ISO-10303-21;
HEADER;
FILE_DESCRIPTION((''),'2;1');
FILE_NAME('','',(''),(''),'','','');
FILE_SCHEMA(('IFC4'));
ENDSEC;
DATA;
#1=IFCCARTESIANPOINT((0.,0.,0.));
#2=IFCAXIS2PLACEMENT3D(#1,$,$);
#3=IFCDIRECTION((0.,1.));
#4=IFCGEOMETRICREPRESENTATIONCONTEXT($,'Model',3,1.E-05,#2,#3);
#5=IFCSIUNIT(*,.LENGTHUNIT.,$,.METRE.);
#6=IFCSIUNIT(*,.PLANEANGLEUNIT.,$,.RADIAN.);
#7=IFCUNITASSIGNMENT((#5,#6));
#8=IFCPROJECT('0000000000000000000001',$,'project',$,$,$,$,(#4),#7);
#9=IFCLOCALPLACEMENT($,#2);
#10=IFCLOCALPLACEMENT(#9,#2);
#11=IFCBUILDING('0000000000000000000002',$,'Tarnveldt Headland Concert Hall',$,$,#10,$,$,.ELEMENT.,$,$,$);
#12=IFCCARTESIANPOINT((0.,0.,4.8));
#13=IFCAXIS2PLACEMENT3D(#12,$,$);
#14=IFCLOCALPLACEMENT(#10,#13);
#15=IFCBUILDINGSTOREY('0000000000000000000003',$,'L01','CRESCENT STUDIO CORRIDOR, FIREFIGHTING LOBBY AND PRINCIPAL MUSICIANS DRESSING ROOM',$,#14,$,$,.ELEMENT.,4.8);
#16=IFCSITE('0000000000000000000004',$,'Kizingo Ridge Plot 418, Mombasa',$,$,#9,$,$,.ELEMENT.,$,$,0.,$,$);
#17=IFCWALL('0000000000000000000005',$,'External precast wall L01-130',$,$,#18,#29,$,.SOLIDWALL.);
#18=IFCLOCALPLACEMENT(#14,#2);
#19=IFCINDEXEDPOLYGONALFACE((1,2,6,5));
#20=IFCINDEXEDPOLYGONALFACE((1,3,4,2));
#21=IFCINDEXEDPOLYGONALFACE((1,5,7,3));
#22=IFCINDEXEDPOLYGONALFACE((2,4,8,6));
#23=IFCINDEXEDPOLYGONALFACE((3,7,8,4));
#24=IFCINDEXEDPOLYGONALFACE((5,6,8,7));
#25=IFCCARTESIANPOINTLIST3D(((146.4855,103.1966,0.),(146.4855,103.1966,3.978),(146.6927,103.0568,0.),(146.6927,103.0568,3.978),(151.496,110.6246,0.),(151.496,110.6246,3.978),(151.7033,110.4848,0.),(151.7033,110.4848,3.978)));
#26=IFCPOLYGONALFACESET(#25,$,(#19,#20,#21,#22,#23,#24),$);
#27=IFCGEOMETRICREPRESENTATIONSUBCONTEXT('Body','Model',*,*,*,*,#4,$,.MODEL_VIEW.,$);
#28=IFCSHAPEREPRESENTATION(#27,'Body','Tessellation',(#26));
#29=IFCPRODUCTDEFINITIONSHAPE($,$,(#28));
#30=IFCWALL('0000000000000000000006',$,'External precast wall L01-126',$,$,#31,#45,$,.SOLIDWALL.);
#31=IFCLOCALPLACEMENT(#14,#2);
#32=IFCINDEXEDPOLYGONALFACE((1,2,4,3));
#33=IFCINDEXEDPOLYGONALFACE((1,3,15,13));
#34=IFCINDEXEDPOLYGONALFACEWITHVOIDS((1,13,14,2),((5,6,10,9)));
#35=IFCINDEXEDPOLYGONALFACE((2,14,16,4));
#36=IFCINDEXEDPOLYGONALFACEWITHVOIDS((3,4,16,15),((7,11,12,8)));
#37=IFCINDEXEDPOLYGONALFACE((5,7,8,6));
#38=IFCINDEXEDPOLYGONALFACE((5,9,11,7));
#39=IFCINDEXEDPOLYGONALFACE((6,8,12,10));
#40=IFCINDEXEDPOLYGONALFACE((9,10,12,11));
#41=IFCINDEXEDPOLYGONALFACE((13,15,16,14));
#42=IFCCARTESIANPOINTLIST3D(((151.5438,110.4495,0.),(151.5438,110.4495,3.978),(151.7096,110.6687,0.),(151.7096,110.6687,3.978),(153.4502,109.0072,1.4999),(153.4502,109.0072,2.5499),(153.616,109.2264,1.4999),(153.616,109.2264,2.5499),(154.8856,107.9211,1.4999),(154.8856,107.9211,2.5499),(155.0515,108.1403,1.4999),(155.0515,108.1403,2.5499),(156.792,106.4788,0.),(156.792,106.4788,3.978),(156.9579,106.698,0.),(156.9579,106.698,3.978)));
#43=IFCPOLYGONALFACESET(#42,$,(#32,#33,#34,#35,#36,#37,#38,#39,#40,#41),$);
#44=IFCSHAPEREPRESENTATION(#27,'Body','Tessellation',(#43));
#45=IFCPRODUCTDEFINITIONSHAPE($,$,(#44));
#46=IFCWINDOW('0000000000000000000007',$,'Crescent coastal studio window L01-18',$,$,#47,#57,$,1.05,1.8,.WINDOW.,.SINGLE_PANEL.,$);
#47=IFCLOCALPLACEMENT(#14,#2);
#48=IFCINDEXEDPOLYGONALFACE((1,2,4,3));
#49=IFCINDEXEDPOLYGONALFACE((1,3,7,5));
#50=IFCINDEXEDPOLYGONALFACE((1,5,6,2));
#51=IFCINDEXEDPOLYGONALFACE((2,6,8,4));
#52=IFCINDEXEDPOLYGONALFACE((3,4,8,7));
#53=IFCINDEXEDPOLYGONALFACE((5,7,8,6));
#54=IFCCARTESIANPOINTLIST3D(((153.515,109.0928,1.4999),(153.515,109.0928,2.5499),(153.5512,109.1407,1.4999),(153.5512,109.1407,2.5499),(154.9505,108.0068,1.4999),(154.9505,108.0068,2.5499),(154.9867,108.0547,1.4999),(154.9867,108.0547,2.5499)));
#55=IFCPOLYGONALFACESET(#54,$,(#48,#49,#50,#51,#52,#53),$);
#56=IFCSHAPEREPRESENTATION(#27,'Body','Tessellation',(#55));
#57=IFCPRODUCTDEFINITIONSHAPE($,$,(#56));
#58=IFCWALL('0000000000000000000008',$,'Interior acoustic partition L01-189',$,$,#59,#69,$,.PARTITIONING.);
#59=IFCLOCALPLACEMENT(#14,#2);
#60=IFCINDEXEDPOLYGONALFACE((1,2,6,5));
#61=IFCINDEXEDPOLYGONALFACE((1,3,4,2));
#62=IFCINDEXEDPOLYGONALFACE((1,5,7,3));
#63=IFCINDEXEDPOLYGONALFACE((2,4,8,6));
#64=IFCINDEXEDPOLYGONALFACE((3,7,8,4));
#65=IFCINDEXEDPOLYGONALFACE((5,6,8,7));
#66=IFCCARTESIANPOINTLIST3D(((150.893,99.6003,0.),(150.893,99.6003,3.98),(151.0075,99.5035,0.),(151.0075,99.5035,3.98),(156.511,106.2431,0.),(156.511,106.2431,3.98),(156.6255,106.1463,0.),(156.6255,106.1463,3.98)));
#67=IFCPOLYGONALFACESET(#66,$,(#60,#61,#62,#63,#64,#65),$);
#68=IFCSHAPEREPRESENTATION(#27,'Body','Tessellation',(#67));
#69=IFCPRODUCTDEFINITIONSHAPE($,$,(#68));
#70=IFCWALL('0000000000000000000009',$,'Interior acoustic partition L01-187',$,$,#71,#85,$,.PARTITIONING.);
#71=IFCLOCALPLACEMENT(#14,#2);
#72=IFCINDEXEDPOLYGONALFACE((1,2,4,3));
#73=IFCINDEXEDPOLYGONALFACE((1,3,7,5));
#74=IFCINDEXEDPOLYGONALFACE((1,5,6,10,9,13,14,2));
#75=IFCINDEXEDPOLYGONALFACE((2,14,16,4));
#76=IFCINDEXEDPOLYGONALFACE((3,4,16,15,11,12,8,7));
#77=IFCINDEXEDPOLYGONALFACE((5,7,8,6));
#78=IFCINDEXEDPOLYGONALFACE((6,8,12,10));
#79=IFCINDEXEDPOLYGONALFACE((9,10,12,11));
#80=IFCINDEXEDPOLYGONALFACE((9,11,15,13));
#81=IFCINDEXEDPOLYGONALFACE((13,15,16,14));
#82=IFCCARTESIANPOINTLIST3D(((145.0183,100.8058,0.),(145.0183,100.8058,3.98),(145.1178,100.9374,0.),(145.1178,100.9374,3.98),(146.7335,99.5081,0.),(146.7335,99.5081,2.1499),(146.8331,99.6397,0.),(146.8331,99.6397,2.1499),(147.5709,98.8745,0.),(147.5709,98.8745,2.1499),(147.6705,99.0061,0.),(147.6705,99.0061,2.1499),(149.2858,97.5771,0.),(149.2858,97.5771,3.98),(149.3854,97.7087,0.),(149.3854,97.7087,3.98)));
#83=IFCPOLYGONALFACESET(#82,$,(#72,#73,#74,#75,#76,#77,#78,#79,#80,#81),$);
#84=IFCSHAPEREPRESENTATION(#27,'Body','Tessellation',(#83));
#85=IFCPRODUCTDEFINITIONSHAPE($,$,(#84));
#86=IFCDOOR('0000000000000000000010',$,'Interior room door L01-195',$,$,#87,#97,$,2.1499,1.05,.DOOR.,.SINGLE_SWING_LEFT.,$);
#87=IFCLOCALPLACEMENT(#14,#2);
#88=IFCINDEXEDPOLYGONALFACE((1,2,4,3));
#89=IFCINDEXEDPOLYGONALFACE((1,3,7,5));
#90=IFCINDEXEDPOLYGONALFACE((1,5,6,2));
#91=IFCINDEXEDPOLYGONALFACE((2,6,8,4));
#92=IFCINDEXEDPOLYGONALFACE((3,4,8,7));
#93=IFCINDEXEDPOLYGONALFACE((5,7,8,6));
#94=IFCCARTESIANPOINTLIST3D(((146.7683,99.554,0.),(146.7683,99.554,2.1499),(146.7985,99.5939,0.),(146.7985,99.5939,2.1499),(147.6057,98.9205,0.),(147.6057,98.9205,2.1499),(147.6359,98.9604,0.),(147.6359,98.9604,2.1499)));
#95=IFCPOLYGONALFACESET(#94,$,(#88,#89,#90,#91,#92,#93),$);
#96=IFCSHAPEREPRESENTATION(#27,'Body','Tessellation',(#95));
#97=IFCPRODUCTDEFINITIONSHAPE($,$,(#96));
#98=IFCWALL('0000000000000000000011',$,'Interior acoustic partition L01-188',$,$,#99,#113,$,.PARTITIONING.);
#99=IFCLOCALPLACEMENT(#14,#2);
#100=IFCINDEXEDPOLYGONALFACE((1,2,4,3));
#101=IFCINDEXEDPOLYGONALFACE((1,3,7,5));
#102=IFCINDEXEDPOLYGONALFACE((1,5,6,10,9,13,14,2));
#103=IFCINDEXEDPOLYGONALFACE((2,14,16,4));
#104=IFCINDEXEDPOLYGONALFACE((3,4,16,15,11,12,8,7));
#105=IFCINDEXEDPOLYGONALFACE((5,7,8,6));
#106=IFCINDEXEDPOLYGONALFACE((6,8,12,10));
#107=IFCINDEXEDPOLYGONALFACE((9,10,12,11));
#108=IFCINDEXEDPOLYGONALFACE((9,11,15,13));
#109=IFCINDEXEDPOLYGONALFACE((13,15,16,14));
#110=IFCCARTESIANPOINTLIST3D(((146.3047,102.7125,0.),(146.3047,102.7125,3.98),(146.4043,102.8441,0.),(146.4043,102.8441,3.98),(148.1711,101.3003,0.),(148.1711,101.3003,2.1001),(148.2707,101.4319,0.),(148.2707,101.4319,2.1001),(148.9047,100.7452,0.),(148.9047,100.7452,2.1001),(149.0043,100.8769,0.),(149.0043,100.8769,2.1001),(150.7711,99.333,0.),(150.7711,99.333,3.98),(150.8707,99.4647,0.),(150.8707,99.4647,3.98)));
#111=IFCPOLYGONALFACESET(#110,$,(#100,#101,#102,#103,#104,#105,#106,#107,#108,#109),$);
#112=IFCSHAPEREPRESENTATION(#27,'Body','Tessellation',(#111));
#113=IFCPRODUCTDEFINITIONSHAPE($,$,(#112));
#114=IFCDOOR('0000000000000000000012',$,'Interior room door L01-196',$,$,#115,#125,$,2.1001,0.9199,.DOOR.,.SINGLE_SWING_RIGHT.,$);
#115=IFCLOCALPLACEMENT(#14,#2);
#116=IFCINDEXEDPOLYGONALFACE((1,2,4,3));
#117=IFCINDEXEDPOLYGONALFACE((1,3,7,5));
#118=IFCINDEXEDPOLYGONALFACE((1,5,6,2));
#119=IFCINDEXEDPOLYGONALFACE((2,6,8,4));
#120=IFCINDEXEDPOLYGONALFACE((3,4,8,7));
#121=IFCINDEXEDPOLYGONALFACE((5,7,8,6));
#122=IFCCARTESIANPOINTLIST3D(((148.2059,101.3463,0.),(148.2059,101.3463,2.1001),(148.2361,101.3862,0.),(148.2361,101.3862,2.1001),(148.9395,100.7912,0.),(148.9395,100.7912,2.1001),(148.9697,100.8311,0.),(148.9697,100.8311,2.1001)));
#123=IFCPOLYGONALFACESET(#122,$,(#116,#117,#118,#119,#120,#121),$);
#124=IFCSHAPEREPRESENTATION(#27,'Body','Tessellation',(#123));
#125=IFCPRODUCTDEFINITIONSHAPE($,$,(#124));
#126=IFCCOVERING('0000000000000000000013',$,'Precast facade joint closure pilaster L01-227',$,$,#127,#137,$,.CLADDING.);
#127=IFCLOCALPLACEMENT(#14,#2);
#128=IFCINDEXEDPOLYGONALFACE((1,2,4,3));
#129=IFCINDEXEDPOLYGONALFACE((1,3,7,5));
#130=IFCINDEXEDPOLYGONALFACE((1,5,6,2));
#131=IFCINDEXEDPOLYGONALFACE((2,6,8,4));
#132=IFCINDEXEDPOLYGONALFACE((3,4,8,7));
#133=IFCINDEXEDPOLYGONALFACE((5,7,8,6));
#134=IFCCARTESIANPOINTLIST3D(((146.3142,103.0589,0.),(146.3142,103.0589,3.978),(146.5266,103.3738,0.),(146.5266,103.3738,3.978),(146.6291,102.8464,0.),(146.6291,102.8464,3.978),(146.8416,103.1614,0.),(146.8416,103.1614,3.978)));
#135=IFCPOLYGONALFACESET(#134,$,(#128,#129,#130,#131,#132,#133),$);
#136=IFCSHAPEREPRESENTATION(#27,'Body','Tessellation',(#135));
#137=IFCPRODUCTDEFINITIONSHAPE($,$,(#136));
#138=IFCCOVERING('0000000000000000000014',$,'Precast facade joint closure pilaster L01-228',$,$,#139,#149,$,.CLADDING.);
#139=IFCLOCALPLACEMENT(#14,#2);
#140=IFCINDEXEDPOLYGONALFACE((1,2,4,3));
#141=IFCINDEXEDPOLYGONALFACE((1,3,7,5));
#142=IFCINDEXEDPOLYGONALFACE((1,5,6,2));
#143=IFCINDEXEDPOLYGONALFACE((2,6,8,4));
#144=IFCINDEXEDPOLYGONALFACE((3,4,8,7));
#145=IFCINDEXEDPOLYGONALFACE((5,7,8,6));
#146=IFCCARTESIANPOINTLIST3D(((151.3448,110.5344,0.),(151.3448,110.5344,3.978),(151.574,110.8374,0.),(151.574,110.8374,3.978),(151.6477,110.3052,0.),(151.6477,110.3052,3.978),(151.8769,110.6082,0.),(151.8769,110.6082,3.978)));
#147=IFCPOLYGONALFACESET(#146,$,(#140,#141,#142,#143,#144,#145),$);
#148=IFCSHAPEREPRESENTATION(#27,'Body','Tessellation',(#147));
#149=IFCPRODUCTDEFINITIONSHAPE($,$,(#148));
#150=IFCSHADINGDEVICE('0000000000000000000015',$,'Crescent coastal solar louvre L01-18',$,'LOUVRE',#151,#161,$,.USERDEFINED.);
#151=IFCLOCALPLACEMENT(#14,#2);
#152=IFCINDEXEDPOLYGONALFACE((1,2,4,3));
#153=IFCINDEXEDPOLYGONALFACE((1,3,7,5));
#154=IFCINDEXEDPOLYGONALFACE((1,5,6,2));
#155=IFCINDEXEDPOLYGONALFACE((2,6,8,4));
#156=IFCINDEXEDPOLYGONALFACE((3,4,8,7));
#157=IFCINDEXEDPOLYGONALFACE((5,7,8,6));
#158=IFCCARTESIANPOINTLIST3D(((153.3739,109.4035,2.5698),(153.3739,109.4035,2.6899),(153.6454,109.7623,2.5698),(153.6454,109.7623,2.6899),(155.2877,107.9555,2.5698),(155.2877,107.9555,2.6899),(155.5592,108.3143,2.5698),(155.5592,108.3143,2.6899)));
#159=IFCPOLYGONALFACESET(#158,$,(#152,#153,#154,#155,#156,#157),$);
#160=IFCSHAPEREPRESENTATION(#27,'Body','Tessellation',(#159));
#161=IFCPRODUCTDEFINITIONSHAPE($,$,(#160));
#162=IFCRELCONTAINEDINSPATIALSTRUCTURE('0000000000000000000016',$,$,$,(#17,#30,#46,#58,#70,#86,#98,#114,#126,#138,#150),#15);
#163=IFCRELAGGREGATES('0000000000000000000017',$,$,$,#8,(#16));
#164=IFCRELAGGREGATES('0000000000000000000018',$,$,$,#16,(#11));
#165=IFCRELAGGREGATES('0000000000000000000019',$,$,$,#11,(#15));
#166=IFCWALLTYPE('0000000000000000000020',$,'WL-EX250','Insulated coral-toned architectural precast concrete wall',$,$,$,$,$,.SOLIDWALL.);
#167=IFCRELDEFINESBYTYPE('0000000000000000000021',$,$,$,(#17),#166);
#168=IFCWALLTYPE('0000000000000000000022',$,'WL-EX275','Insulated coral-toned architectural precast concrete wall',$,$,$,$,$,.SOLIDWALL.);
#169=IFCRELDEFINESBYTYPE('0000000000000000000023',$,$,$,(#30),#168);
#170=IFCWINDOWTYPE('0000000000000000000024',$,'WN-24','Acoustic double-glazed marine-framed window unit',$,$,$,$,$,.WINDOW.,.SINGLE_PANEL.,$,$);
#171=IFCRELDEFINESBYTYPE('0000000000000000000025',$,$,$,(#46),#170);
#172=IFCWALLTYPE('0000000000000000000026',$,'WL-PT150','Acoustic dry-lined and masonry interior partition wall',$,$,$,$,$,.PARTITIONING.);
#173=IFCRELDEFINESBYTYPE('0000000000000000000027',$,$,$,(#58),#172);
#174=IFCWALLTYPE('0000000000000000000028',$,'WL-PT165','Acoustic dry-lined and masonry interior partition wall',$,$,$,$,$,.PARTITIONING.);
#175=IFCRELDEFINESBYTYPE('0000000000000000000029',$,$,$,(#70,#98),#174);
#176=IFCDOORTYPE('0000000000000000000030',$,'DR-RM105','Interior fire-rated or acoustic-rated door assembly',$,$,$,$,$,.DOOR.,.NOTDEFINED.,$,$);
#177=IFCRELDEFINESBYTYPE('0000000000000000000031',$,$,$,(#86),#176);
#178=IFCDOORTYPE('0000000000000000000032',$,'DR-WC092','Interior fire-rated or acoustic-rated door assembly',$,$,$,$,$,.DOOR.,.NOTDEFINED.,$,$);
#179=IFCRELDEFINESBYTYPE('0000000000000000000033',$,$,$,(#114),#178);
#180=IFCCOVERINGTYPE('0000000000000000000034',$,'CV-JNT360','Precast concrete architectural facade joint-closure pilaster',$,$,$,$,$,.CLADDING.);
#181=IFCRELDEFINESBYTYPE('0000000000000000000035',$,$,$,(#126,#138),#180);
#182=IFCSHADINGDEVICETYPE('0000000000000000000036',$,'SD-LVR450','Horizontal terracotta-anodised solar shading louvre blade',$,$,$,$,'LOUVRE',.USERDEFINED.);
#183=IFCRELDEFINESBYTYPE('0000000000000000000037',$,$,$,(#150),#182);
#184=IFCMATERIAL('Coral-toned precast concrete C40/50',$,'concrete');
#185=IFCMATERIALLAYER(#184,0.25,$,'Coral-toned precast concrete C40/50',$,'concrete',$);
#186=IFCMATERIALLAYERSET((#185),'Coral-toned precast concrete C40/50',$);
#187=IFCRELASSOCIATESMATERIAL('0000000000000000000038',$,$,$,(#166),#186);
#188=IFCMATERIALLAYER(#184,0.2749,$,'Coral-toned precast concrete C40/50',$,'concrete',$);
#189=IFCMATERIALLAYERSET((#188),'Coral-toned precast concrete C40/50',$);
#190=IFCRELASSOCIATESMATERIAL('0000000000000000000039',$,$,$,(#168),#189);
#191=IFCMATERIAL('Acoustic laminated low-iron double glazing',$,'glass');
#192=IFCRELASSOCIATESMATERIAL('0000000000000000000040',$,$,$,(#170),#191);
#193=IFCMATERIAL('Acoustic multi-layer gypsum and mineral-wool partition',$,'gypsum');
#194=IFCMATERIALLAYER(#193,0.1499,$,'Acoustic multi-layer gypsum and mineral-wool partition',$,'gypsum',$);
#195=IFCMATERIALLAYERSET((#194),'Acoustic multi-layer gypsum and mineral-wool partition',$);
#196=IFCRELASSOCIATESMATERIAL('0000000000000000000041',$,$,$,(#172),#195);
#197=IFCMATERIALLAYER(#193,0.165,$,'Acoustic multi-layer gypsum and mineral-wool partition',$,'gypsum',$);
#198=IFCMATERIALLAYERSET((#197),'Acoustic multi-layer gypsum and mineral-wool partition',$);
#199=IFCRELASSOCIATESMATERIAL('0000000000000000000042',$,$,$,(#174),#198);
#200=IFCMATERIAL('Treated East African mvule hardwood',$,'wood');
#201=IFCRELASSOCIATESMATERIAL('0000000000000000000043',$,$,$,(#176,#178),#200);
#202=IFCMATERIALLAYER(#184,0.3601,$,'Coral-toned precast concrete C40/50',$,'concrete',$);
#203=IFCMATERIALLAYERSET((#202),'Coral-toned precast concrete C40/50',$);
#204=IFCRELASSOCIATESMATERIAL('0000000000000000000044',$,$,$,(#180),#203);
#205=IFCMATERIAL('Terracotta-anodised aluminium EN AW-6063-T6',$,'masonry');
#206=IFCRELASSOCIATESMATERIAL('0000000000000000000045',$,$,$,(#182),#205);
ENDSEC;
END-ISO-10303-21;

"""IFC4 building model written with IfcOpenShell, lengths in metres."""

from ifc_helpers import new_model, si_unit, direction, frame, frame_2d, origin, origin_2d, place, context, subcontext, project, spatial, rectangle, extrude, material, layer, layer_set, type_object, element, fill, save


model = new_model("IFC4")

# Units and contexts
model_context = context("Model", 3, precision=1e-05, world=origin(), true_north=direction((0.0, 1.0)))
body_context = subcontext(model_context, "Body", "Model", "MODEL_VIEW")
ifc_project = project(units=[si_unit("LENGTHUNIT", "METRE"), si_unit("PLANEANGLEUNIT", "RADIAN")], contexts=[model_context])

# Site, building, storey
site_placement = place(None, origin())
site = spatial("IfcSite", under=ifc_project, at=site_placement, Name="Kizingo Ridge Plot 418, Mombasa", CompositionType="ELEMENT", RefElevation=0.0)
building_placement = place(site_placement, origin())
building = spatial("IfcBuilding", under=site, at=building_placement, Name="Tarnveldt Headland Concert Hall", CompositionType="ELEMENT")
storey_placement = place(building_placement, frame((0.0, 0.0, 4.8)))
storey = spatial("IfcBuildingStorey", under=building, at=storey_placement, Name="L01", Description="CRESCENT STUDIO CORRIDOR, FIREFIGHTING LOBBY AND PRINCIPAL MUSICIANS DRESSING ROOM", CompositionType="ELEMENT", Elevation=4.8)

# Wall
ifc_material_1 = material(Name="Coral-toned precast concrete C40/50", Category="concrete")
ifc_layer_1 = layer(ifc_material_1, 0.25, Name="Coral-toned precast concrete C40/50", Category="concrete")
ifc_layer_set_1 = layer_set([ifc_layer_1], Name="Coral-toned precast concrete C40/50")
wall_type_1 = type_object("IfcWallType", Name="WL-EX250", Description="Insulated coral-toned architectural precast concrete wall", PredefinedType="SOLIDWALL", material=ifc_layer_set_1)
wall_1_placement = place(storey_placement, frame((146.5891, 103.1267, 0.0), z_axis=(0.0, 0.0, 1.0), x_axis=(0.559213, 0.829024, 0.0)))
element("IfcWall", 1, at=wall_1_placement, inside=storey, type_object=wall_type_1, Name="External precast wall L01-130", PredefinedType="SOLIDWALL", context=body_context, shape_type="SweptSolid", body=[
    extrude(rectangle(XDim=8.96, YDim=0.25, at=frame_2d((4.48, 0.0))), origin(), (0.0, 0.0, 1.0), 3.978),
])

# Wall, opening, window
ifc_layer_2 = layer(ifc_material_1, 0.2749, Name="Coral-toned precast concrete C40/50", Category="concrete")
ifc_layer_set_2 = layer_set([ifc_layer_2], Name="Coral-toned precast concrete C40/50")
wall_type_2 = type_object("IfcWallType", Name="WL-EX275", Description="Insulated coral-toned architectural precast concrete wall", PredefinedType="SOLIDWALL", material=ifc_layer_set_2)
wall_2_placement = place(storey_placement, frame((151.6267, 110.5591, 0.0), z_axis=(0.0, 0.0, 1.0), x_axis=(0.797478, -0.603348, 0.0)))
wall_2 = element("IfcWall", 2, at=wall_2_placement, inside=storey, type_object=wall_type_2, Name="External precast wall L01-126", PredefinedType="SOLIDWALL", context=body_context, shape_type="SweptSolid", body=[
    extrude(rectangle(XDim=6.5811, YDim=0.2749, at=frame_2d((3.2905, 0.0))), origin(), (0.0, 0.0, 1.0), 3.978),
])
opening_1_placement = place(wall_2_placement, frame((2.3906, 0.0, 1.5)))
opening_1 = element("IfcOpeningElement", 3, at=opening_1_placement, cuts=wall_2, PredefinedType="OPENING", context=body_context, shape_type="SweptSolid", body=[
    extrude(rectangle(XDim=1.8, YDim=1.05, at=frame_2d((0.8999, 0.5249))), frame((0.0, 0.1475, 0.0), z_axis=(0.0, -1.0, 0.0), x_axis=(1.0, 0.0, 0.0)), (0.0, 0.0, 1.0), 0.2949),
])
ifc_material_2 = material(Name="Acoustic laminated low-iron double glazing", Category="glass")
window_type = type_object("IfcWindowType", Name="WN-24", Description="Acoustic double-glazed marine-framed window unit", PartitioningType="SINGLE_PANEL", PredefinedType="WINDOW", material=ifc_material_2)
window_placement = place(opening_1_placement, origin())
window = element("IfcWindow", 4, at=window_placement, inside=storey, type_object=window_type, Name="Crescent coastal studio window L01-18", OverallHeight=1.05, OverallWidth=1.8, PartitioningType="SINGLE_PANEL", PredefinedType="WINDOW", context=body_context, shape_type="SweptSolid", body=[
    extrude(rectangle(XDim=1.8, YDim=1.05, at=frame_2d((0.8999, 0.5249))), frame((0.0, 0.03, 0.0), z_axis=(0.0, -1.0, 0.0), x_axis=(1.0, 0.0, 0.0)), (0.0, 0.0, 1.0), 0.0601),
])
fill(opening_1, window)

# Wall
ifc_material_3 = material(Name="Acoustic multi-layer gypsum and mineral-wool partition", Category="gypsum")
ifc_layer_3 = layer(ifc_material_3, 0.1499, Name="Acoustic multi-layer gypsum and mineral-wool partition", Category="gypsum")
ifc_layer_set_3 = layer_set([ifc_layer_3], Name="Acoustic multi-layer gypsum and mineral-wool partition")
wall_type_3 = type_object("IfcWallType", Name="WL-PT150", Description="Acoustic dry-lined and masonry interior partition wall", PredefinedType="PARTITIONING", material=ifc_layer_set_3)
wall_3_placement = place(storey_placement, frame((150.9502, 99.5518, 0.0), z_axis=(0.0, 0.0, 1.0), x_axis=(0.645746, 0.763552, 0.0)))
element("IfcWall", 5, at=wall_3_placement, inside=storey, type_object=wall_type_3, Name="Interior acoustic partition L01-189", PredefinedType="PARTITIONING", context=body_context, shape_type="SweptSolid", body=[
    extrude(rectangle(XDim=8.7, YDim=0.1499, at=frame_2d((4.3501, 0.0))), origin(), (0.0, 0.0, 1.0), 3.98),
])

# Walls, openings, doors
ifc_layer_4 = layer(ifc_material_3, 0.165, Name="Acoustic multi-layer gypsum and mineral-wool partition", Category="gypsum")
ifc_layer_set_4 = layer_set([ifc_layer_4], Name="Acoustic multi-layer gypsum and mineral-wool partition")
wall_type_4 = type_object("IfcWallType", Name="WL-PT165", Description="Acoustic dry-lined and masonry interior partition wall", PredefinedType="PARTITIONING", material=ifc_layer_set_4)
wall_4_placement = place(storey_placement, frame((149.3357, 97.6428, 0.0), z_axis=(0.0, 0.0, 1.0), x_axis=(-0.797475, 0.603353, 0.0)))
wall_4 = element("IfcWall", 6, at=wall_4_placement, inside=storey, type_object=wall_type_4, Name="Interior acoustic partition L01-187", PredefinedType="PARTITIONING", context=body_context, shape_type="SweptSolid", body=[
    extrude(rectangle(XDim=5.3513, YDim=0.165, at=frame_2d((2.6758, 0.0))), origin(), (0.0, 0.0, 1.0), 3.98),
])
opening_2_placement = place(wall_4_placement, frame((2.1506, 0.0, 0.0)))
opening_2 = element("IfcOpeningElement", 7, at=opening_2_placement, cuts=wall_4, PredefinedType="OPENING", context=body_context, shape_type="SweptSolid", body=[
    extrude(rectangle(XDim=1.05, YDim=2.1499, at=frame_2d((0.5249, 1.075))), frame((0.0, 0.0925, 0.0), z_axis=(0.0, -1.0, 0.0), x_axis=(1.0, 0.0, 0.0)), (0.0, 0.0, 1.0), 0.1851),
])
ifc_material_4 = material(Name="Treated East African mvule hardwood", Category="wood")
door_type_1 = type_object("IfcDoorType", Name="DR-RM105", Description="Interior fire-rated or acoustic-rated door assembly", OperationType="NOTDEFINED", PredefinedType="DOOR", material=ifc_material_4)
door_1_placement = place(opening_2_placement, origin())
door_1 = element("IfcDoor", 8, at=door_1_placement, inside=storey, type_object=door_type_1, Name="Interior room door L01-195", OperationType="SINGLE_SWING_LEFT", OverallHeight=2.1499, OverallWidth=1.05, PredefinedType="DOOR", context=body_context, shape_type="SweptSolid", body=[
    extrude(rectangle(XDim=1.05, YDim=2.1499, at=frame_2d((0.5249, 1.075))), frame((0.0, 0.0249, 0.0), z_axis=(0.0, -1.0, 0.0), x_axis=(1.0, 0.0, 0.0)), (0.0, 0.0, 1.0), 0.05),
])
fill(opening_2, door_1)
wall_5_placement = place(storey_placement, frame((150.8208, 99.3989, 0.0), z_axis=(0.0, 0.0, 1.0), x_axis=(-0.797451, 0.603384, 0.0)))
wall_5 = element("IfcWall", 9, at=wall_5_placement, inside=storey, type_object=wall_type_4, Name="Interior acoustic partition L01-188", PredefinedType="PARTITIONING", context=body_context, shape_type="SweptSolid", body=[
    extrude(rectangle(XDim=5.6008, YDim=0.165, at=frame_2d((2.8003, 0.0))), origin(), (0.0, 0.0, 1.0), 3.98),
])
opening_3_placement = place(wall_5_placement, frame((2.3403, 0.0, 0.0)))
opening_3 = element("IfcOpeningElement", 10, at=opening_3_placement, cuts=wall_5, PredefinedType="OPENING", context=body_context, shape_type="SweptSolid", body=[
    extrude(rectangle(XDim=0.9199, YDim=2.1001, at=frame_2d((0.46, 1.05))), frame((0.0, 0.0925, 0.0), z_axis=(0.0, -1.0, 0.0), x_axis=(1.0, 0.0, 0.0)), (0.0, 0.0, 1.0), 0.1851),
])
door_type_2 = type_object("IfcDoorType", Name="DR-WC092", Description="Interior fire-rated or acoustic-rated door assembly", OperationType="NOTDEFINED", PredefinedType="DOOR", material=ifc_material_4)
door_2_placement = place(opening_3_placement, origin())
door_2 = element("IfcDoor", 11, at=door_2_placement, inside=storey, type_object=door_type_2, Name="Interior room door L01-196", OperationType="SINGLE_SWING_RIGHT", OverallHeight=2.1001, OverallWidth=0.9199, PredefinedType="DOOR", context=body_context, shape_type="SweptSolid", body=[
    extrude(rectangle(XDim=0.9199, YDim=2.1001, at=frame_2d((0.46, 1.05))), frame((0.0, 0.0249, 0.0), z_axis=(0.0, -1.0, 0.0), x_axis=(1.0, 0.0, 0.0)), (0.0, 0.0, 1.0), 0.05),
])
fill(opening_3, door_2)

# Coverings
ifc_layer_5 = layer(ifc_material_1, 0.3601, Name="Coral-toned precast concrete C40/50", Category="concrete")
ifc_layer_set_5 = layer_set([ifc_layer_5], Name="Coral-toned precast concrete C40/50")
covering_type = type_object("IfcCoveringType", Name="CV-JNT360", Description="Precast concrete architectural facade joint-closure pilaster", PredefinedType="CLADDING", material=ifc_layer_set_5)
for number, where, z_axis, x_axis, name in (
    (12, (146.5779, 103.1101, 0.0), (0.0, 0.0, 1.0), (0.559193, 0.829038, 0.0), "Precast facade joint closure pilaster L01-227"),
    (13, (151.6108, 110.5713, 0.0), (0.0, 0.0, 1.0), (0.797479, -0.603347, 0.0), "Precast facade joint closure pilaster L01-228"),
):
    element("IfcCovering", number, at=place(storey_placement, frame(where, z_axis=z_axis, x_axis=x_axis)), inside=storey, type_object=covering_type, Name=name, PredefinedType="CLADDING", context=body_context, shape_type="SweptSolid", body=[
        extrude(rectangle(XDim=0.3799, YDim=0.3799, at=origin_2d()), origin(), (0.0, 0.0, 1.0), 3.978),
    ])

# Shading device
ifc_material_5 = material(Name="Terracotta-anodised aluminium EN AW-6063-T6", Category="masonry")
shading_device_type = type_object("IfcShadingDeviceType", Name="SD-LVR450", Description="Horizontal terracotta-anodised solar shading louvre blade", ElementType="LOUVRE", PredefinedType="USERDEFINED", material=ifc_material_5)
shading_device_placement = place(storey_placement, frame((154.4666, 108.8589, 2.5698), z_axis=(0.0, 0.0, 1.0), x_axis=(0.603347, 0.797479, 0.0)))
element("IfcShadingDevice", 14, at=shading_device_placement, inside=storey, type_object=shading_device_type, Name="Crescent coastal solar louvre L01-18", ObjectType="LOUVRE", PredefinedType="USERDEFINED", context=body_context, shape_type="SweptSolid", body=[
    extrude(rectangle(XDim=0.45, YDim=2.3999, at=origin_2d()), origin(), (0.0, 0.0, 1.0), 0.1201),
])

save(model, "model.ifc")
